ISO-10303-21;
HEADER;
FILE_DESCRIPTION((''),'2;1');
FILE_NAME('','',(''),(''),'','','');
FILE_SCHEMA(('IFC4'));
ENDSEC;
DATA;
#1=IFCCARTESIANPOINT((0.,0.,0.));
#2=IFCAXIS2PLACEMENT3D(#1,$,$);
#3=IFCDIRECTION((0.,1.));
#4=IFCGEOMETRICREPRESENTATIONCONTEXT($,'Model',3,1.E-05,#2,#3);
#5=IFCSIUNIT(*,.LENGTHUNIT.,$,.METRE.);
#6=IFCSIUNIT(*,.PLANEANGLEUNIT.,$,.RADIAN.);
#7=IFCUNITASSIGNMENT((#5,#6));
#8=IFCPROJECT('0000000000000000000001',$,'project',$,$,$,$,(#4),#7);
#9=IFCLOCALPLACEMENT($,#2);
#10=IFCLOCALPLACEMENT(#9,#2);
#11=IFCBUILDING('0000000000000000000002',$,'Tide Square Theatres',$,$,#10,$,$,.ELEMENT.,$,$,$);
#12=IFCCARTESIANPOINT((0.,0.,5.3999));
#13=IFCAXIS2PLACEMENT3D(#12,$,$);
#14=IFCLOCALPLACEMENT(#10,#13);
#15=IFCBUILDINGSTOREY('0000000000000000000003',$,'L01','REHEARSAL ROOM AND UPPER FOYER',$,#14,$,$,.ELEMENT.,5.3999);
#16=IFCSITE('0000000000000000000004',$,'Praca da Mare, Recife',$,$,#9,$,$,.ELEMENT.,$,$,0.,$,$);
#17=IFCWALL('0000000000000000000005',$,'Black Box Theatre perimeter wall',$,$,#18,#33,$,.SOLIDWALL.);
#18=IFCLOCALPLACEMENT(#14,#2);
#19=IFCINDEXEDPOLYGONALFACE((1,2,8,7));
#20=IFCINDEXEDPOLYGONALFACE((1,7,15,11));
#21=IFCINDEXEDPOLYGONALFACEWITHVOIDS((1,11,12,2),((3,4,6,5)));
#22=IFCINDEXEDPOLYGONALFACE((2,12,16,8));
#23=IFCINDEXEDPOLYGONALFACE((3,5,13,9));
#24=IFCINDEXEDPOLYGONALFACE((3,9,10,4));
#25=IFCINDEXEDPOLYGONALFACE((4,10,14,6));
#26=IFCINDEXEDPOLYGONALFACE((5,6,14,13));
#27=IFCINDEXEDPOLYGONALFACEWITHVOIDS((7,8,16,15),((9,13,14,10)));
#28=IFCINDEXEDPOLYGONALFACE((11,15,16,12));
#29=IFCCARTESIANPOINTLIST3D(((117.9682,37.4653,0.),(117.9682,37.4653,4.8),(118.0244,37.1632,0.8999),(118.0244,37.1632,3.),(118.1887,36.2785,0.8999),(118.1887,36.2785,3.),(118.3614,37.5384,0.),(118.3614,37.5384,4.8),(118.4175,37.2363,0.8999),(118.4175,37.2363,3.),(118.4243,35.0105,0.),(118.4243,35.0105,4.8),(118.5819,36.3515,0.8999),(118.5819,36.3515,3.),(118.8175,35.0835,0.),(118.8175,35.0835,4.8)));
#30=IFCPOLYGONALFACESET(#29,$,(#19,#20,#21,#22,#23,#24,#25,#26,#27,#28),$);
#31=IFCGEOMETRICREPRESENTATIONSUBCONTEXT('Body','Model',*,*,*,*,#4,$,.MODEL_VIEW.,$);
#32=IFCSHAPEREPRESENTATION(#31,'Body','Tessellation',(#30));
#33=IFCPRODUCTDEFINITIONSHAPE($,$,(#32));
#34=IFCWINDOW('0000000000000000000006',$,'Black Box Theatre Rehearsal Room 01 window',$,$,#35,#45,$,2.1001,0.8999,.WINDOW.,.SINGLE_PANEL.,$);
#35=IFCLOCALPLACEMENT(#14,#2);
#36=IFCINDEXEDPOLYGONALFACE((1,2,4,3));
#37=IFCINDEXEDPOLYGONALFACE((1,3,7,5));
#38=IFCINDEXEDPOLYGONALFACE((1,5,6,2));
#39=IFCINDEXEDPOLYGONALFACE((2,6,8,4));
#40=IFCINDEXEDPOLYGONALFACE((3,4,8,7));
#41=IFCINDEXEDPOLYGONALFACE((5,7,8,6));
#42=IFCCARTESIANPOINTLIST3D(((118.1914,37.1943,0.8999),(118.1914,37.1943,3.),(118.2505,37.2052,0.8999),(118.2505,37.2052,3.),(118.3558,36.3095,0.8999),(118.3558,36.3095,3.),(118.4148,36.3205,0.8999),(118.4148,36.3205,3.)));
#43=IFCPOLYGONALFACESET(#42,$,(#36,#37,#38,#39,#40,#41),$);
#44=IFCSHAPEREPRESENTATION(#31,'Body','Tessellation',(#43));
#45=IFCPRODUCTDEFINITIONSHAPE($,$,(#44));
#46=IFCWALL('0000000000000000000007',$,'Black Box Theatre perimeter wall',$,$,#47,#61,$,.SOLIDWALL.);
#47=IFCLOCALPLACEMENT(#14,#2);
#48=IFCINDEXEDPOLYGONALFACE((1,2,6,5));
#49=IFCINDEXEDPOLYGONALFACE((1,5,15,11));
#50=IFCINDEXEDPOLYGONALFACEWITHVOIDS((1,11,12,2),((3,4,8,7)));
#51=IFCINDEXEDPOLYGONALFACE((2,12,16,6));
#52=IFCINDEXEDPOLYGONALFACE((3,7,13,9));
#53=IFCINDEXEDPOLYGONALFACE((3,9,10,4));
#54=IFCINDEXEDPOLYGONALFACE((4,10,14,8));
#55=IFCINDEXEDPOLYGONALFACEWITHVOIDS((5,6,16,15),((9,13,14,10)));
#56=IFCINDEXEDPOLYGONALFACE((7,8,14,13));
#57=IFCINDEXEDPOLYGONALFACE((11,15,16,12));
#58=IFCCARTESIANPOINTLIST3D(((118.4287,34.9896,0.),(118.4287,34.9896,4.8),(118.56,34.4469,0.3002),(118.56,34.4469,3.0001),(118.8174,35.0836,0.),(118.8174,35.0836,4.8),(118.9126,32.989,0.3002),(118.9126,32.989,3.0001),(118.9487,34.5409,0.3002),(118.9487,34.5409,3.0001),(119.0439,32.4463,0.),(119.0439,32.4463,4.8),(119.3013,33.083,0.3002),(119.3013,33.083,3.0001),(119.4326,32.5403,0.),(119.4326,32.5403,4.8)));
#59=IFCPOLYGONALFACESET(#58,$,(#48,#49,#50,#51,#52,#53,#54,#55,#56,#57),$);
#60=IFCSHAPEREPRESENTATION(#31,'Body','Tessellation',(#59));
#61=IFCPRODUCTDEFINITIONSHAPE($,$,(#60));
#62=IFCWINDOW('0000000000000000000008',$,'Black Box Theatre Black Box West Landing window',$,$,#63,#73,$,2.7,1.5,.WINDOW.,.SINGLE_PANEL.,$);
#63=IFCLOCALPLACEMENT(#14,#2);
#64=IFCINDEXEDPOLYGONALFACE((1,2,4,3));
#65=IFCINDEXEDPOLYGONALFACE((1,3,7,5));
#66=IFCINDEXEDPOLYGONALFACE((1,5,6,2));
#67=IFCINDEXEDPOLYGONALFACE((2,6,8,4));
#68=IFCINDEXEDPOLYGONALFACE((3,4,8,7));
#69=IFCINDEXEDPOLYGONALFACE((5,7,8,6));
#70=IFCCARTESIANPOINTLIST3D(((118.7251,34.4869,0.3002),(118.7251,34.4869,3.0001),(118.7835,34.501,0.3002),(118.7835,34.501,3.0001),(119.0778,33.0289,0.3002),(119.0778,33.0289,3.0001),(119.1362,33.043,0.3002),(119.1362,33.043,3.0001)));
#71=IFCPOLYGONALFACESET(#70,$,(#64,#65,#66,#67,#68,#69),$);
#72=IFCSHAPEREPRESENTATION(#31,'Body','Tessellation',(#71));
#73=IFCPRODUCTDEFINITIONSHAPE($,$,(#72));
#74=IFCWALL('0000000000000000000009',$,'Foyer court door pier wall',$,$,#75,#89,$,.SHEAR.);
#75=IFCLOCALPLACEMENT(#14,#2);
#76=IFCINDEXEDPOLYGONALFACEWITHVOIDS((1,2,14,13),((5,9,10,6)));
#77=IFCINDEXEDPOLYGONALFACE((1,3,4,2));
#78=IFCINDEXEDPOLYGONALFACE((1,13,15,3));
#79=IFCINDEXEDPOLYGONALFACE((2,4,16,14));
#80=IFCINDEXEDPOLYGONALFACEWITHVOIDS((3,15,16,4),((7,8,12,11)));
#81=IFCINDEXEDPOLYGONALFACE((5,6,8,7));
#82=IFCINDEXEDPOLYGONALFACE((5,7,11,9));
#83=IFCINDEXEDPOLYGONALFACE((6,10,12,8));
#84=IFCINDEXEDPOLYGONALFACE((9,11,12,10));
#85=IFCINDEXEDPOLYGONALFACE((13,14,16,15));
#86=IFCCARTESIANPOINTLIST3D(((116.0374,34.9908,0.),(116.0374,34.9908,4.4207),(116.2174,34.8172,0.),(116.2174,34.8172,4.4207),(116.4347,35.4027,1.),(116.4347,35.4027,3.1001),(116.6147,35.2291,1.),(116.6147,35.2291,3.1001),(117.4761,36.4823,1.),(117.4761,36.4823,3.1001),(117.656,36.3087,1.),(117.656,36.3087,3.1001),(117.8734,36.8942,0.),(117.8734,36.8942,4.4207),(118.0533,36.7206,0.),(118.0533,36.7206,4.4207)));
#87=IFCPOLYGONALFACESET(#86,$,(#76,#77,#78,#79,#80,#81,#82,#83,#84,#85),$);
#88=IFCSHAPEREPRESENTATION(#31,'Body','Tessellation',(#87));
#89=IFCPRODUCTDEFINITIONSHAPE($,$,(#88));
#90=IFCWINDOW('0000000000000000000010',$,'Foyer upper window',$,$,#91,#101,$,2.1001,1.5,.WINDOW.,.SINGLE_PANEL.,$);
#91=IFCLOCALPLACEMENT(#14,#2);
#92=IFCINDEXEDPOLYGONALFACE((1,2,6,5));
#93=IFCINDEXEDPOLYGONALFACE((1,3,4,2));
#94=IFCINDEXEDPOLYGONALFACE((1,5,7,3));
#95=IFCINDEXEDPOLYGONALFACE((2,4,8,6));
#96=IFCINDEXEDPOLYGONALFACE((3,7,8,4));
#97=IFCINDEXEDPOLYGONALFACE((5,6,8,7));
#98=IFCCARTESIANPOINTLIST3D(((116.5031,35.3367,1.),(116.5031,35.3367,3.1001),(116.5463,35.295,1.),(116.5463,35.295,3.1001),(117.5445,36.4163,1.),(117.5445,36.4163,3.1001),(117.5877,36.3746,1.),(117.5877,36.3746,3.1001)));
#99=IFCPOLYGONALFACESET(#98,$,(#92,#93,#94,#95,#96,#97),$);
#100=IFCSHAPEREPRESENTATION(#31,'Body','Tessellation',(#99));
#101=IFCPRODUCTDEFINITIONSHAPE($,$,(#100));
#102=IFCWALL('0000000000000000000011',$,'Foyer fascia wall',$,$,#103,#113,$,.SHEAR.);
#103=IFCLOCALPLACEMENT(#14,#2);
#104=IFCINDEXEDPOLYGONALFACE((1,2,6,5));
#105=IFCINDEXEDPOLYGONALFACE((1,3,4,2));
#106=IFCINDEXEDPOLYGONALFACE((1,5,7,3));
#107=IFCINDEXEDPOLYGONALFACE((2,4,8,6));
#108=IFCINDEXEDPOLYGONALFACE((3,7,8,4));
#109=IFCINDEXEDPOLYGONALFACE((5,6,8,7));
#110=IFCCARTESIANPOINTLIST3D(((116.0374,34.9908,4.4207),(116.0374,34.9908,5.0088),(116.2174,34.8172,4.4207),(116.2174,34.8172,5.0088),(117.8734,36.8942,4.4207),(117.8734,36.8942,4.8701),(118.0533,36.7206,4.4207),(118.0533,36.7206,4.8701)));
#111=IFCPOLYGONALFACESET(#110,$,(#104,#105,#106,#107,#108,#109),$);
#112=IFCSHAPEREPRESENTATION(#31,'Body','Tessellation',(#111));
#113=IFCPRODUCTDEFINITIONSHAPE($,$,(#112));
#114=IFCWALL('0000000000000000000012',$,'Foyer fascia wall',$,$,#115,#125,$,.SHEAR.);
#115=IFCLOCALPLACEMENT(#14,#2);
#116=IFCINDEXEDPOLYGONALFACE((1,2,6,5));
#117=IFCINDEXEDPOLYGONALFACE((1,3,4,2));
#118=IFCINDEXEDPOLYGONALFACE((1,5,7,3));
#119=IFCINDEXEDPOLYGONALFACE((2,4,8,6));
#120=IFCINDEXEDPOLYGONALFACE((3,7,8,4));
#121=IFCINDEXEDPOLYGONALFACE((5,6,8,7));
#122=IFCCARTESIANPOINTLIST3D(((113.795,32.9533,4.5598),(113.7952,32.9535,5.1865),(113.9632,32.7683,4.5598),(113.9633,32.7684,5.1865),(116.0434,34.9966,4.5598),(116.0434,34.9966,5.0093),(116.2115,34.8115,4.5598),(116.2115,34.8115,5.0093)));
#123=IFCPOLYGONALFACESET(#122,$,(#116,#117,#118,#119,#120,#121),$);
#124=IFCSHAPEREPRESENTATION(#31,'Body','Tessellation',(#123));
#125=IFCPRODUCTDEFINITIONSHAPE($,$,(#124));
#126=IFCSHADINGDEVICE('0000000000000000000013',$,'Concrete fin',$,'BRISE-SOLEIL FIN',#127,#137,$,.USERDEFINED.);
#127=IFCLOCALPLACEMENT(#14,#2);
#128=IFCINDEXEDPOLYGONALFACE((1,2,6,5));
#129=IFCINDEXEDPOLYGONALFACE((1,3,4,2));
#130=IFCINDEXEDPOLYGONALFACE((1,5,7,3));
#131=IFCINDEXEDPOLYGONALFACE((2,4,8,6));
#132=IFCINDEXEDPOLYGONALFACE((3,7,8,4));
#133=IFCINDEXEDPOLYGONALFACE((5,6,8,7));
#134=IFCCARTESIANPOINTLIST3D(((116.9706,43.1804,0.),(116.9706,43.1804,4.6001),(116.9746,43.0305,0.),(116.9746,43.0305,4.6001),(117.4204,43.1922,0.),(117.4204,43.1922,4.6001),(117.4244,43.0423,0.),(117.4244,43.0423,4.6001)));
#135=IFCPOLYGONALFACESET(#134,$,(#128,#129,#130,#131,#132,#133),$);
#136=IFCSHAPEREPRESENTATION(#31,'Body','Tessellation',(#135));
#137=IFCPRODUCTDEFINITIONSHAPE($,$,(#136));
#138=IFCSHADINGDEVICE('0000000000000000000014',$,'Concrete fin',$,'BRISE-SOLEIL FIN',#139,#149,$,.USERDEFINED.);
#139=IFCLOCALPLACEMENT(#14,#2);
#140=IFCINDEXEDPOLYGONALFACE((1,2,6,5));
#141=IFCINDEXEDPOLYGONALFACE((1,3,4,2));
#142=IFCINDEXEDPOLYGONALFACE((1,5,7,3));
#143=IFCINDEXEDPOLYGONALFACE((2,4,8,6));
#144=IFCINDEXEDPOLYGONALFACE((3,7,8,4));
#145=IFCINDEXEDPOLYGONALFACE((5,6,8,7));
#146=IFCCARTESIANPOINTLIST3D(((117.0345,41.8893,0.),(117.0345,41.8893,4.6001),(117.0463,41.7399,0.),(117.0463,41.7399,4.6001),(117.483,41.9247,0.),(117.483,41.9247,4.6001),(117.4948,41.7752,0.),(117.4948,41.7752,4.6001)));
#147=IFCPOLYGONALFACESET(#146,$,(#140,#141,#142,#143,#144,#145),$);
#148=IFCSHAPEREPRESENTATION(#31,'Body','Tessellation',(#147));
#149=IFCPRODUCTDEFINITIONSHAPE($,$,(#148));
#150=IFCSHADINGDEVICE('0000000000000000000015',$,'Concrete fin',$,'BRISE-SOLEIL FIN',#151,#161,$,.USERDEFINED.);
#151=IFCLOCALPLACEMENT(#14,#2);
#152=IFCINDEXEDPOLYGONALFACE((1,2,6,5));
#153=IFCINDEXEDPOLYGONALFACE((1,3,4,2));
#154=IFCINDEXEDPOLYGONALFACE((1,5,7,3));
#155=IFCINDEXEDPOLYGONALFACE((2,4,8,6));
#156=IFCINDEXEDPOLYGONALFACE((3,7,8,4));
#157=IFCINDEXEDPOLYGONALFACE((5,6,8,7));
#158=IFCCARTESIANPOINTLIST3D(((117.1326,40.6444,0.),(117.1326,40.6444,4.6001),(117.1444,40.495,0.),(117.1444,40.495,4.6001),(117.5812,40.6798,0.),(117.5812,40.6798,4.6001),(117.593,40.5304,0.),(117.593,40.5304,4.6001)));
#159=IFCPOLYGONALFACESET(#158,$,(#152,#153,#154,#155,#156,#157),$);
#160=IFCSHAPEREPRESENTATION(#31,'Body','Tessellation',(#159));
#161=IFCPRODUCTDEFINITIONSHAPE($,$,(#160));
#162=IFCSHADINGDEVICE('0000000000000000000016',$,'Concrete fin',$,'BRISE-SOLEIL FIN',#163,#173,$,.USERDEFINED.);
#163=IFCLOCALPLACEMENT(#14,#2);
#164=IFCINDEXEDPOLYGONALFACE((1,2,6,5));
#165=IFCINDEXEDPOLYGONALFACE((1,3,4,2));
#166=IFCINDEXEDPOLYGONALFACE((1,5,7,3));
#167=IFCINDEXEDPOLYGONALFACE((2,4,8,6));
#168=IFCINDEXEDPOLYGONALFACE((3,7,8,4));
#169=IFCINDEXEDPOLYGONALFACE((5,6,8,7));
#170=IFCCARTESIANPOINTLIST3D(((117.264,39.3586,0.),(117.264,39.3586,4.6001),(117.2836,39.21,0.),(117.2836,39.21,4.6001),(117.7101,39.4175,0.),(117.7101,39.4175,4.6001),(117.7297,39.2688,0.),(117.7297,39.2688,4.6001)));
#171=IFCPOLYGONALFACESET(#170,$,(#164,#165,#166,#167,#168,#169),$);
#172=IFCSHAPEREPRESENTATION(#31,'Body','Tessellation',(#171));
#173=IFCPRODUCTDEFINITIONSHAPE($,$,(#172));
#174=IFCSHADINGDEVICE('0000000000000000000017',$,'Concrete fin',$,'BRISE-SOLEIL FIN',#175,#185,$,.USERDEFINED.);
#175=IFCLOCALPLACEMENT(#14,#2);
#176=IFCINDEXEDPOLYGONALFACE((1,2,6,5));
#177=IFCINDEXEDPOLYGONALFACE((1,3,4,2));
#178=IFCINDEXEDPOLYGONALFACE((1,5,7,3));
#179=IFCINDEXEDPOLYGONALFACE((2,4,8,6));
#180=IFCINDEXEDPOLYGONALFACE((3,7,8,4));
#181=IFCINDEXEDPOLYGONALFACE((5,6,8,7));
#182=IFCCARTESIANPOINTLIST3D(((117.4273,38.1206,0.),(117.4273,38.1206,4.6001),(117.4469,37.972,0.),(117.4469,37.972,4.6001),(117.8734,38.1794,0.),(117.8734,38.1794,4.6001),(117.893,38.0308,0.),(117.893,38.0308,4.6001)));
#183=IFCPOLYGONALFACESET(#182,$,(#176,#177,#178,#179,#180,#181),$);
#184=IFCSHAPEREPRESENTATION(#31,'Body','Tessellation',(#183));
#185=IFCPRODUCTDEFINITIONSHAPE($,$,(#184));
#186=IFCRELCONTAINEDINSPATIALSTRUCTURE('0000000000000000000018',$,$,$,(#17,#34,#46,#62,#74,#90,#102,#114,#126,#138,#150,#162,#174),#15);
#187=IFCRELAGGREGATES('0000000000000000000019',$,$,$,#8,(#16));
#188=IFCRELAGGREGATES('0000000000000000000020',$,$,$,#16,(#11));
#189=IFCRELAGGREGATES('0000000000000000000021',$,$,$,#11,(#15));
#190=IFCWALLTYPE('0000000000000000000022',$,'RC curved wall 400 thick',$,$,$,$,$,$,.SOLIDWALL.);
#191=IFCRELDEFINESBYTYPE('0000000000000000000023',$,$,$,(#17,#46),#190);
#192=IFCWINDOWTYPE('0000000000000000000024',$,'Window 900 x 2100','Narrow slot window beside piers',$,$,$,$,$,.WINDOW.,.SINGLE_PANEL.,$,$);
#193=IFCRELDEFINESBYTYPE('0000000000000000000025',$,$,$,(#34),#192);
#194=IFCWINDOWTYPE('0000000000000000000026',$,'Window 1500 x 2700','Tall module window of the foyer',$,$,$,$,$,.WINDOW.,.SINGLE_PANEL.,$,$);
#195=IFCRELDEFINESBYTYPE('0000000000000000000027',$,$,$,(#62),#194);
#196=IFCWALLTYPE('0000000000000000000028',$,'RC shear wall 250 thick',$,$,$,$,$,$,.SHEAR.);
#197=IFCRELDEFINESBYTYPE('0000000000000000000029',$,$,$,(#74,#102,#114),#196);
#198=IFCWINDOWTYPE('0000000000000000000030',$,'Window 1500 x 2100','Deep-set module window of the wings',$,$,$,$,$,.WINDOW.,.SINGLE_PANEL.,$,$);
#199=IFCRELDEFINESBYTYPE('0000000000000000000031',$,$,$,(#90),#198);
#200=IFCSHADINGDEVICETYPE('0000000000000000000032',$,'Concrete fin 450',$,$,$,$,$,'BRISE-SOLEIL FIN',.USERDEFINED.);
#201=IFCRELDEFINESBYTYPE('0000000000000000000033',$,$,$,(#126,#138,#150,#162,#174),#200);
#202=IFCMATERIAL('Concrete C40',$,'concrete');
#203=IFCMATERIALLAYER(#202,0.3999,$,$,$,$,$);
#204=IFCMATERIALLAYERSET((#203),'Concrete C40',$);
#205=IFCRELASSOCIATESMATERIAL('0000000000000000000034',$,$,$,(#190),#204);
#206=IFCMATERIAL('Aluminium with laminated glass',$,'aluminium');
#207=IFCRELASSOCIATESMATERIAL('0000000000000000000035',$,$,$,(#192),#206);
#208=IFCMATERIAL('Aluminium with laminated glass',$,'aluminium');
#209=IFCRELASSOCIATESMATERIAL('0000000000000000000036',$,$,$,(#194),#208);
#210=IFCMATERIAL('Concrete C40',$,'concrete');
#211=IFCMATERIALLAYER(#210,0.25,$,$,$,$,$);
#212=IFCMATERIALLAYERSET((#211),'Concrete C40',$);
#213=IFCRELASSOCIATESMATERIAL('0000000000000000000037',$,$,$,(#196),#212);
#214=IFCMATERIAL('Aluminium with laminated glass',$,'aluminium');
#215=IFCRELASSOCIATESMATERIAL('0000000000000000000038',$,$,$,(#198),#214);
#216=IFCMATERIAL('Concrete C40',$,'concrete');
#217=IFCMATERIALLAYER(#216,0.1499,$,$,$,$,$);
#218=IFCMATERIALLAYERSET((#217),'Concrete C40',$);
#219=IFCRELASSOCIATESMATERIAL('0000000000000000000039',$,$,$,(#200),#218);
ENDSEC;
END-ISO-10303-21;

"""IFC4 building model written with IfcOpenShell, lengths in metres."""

from ifc_helpers import new_model, si_unit, direction, frame, frame_2d, origin, origin_2d, place, context, subcontext, project, spatial, polyline, rectangle, outline, extrude, material, layer, layer_set, type_object, element, fill, save


model = new_model("IFC4")

# Units and contexts
model_context = context("Model", 3, precision=1e-05, world=origin(), true_north=direction((0.0, 1.0)))
body_context = subcontext(model_context, "Body", "Model", "MODEL_VIEW")
ifc_project = project(units=[si_unit("LENGTHUNIT", "METRE"), si_unit("PLANEANGLEUNIT", "RADIAN")], contexts=[model_context])

# Site, building, storey
site_placement = place(None, origin())
site = spatial("IfcSite", under=ifc_project, at=site_placement, Name="Praca da Mare, Recife", CompositionType="ELEMENT", RefElevation=0.0)
building_placement = place(site_placement, origin())
building = spatial("IfcBuilding", under=site, at=building_placement, Name="Tide Square Theatres", CompositionType="ELEMENT")
storey_placement = place(building_placement, frame((0.0, 0.0, 5.3999)))
storey = spatial("IfcBuildingStorey", under=building, at=storey_placement, Name="L01", Description="REHEARSAL ROOM AND UPPER FOYER", CompositionType="ELEMENT", Elevation=5.3999)

# Walls, openings, windows
ifc_material_1 = material(Name="Concrete C40", Category="concrete")
ifc_layer_1 = layer(ifc_material_1, 0.3999)
ifc_layer_set_1 = layer_set([ifc_layer_1], Name="Concrete C40")
wall_type_1 = type_object("IfcWallType", Name="RC curved wall 400 thick", PredefinedType="SOLIDWALL", material=ifc_layer_set_1)
wall_1_placement = place(storey_placement, frame((118.1648, 37.502, 0.0), z_axis=(0.0, 0.0, 1.0), x_axis=(0.182653, -0.983177, 0.0)))
wall_1 = element("IfcWall", 1, at=wall_1_placement, inside=storey, type_object=wall_type_1, Name="Black Box Theatre perimeter wall", PredefinedType="SOLIDWALL", context=body_context, shape_type="SweptSolid", body=[
    extrude(rectangle(XDim=2.4968, YDim=0.3999, at=frame_2d((1.2485, 0.0))), origin(), (0.0, 0.0, 1.0), 4.8),
])
opening_1_placement = place(wall_1_placement, frame((0.3074, 0.0, 0.8999)))
opening_1 = element("IfcOpeningElement", 2, at=opening_1_placement, cuts=wall_1, PredefinedType="OPENING", context=body_context, shape_type="SweptSolid", body=[
    extrude(rectangle(XDim=0.8999, YDim=2.1001, at=frame_2d((0.45, 1.05))), frame((0.0, 0.21, 0.0), z_axis=(0.0, -1.0, 0.0), x_axis=(1.0, 0.0, 0.0)), (0.0, 0.0, 1.0), 0.4199),
])
ifc_material_2 = material(Name="Aluminium with laminated glass", Category="aluminium")
window_type_1 = type_object("IfcWindowType", Name="Window 900 x 2100", Description="Narrow slot window beside piers", PartitioningType="SINGLE_PANEL", PredefinedType="WINDOW", material=ifc_material_2)
window_1_placement = place(opening_1_placement, origin())
window_1 = element("IfcWindow", 3, at=window_1_placement, inside=storey, type_object=window_type_1, Name="Black Box Theatre Rehearsal Room 01 window", OverallHeight=2.1001, OverallWidth=0.8999, PartitioningType="SINGLE_PANEL", PredefinedType="WINDOW", context=body_context, shape_type="SweptSolid", body=[
    extrude(rectangle(XDim=0.8999, YDim=2.1001, at=frame_2d((0.45, 1.05))), frame((0.0, 0.03, 0.0), z_axis=(0.0, -1.0, 0.0), x_axis=(1.0, 0.0, 0.0)), (0.0, 0.0, 1.0), 0.0601),
])
fill(opening_1, window_1)
wall_2_placement = place(storey_placement, frame((118.623, 35.0366, 0.0), z_axis=(0.0, 0.0, 1.0), x_axis=(0.235109, -0.971969, 0.0)))
wall_2 = element("IfcWall", 4, at=wall_2_placement, inside=storey, type_object=wall_type_1, Name="Black Box Theatre perimeter wall", PredefinedType="SOLIDWALL", context=body_context, shape_type="SweptSolid", body=[
    extrude(rectangle(XDim=2.6167, YDim=0.3999, at=frame_2d((1.3083, 0.0))), origin(), (0.0, 0.0, 1.0), 4.8),
])
opening_2_placement = place(wall_2_placement, frame((0.5583, 0.0, 0.3)))
opening_2 = element("IfcOpeningElement", 5, at=opening_2_placement, cuts=wall_2, PredefinedType="OPENING", context=body_context, shape_type="SweptSolid", body=[
    extrude(rectangle(XDim=1.5, YDim=2.7, at=frame_2d((0.75, 1.3501))), frame((0.0, 0.21, 0.0), z_axis=(0.0, -1.0, 0.0), x_axis=(1.0, 0.0, 0.0)), (0.0, 0.0, 1.0), 0.4199),
])
ifc_material_3 = material(Name="Aluminium with laminated glass", Category="aluminium")
window_type_2 = type_object("IfcWindowType", Name="Window 1500 x 2700", Description="Tall module window of the foyer", PartitioningType="SINGLE_PANEL", PredefinedType="WINDOW", material=ifc_material_3)
window_2_placement = place(opening_2_placement, origin())
window_2 = element("IfcWindow", 6, at=window_2_placement, inside=storey, type_object=window_type_2, Name="Black Box Theatre Black Box West Landing window", OverallHeight=2.7, OverallWidth=1.5, PartitioningType="SINGLE_PANEL", PredefinedType="WINDOW", context=body_context, shape_type="SweptSolid", body=[
    extrude(rectangle(XDim=1.5, YDim=2.7, at=frame_2d((0.75, 1.3501))), frame((0.0, 0.03, 0.0), z_axis=(0.0, -1.0, 0.0), x_axis=(1.0, 0.0, 0.0)), (0.0, 0.0, 1.0), 0.0601),
])
fill(opening_2, window_2)
ifc_material_4 = material(Name="Concrete C40", Category="concrete")
ifc_layer_2 = layer(ifc_material_4, 0.25)
ifc_layer_set_2 = layer_set([ifc_layer_2], Name="Concrete C40")
wall_type_2 = type_object("IfcWallType", Name="RC shear wall 250 thick", PredefinedType="SHEAR", material=ifc_layer_set_2)
wall_3_placement = place(storey_placement, frame((117.9634, 36.8074, 0.0), z_axis=(0.0, 0.0, 1.0), x_axis=(-0.694252, -0.719732, 0.0)))
wall_3 = element("IfcWall", 7, at=wall_3_placement, inside=storey, type_object=wall_type_2, Name="Foyer court door pier wall", PredefinedType="SHEAR", context=body_context, shape_type="SweptSolid", body=[
    extrude(rectangle(XDim=2.6445, YDim=0.25, at=frame_2d((1.3223, 0.0))), origin(), (0.0, 0.0, 1.0), 4.4207),
])
opening_3_placement = place(wall_3_placement, frame((0.5723, 0.0, 1.0)))
opening_3 = element("IfcOpeningElement", 8, at=opening_3_placement, cuts=wall_3, PredefinedType="OPENING", context=body_context, shape_type="SweptSolid", body=[
    extrude(rectangle(XDim=1.5, YDim=2.1001, at=frame_2d((0.75, 1.05))), frame((0.0, 0.135, 0.0), z_axis=(0.0, -1.0, 0.0), x_axis=(1.0, 0.0, 0.0)), (0.0, 0.0, 1.0), 0.27),
])
ifc_material_5 = material(Name="Aluminium with laminated glass", Category="aluminium")
window_type_3 = type_object("IfcWindowType", Name="Window 1500 x 2100", Description="Deep-set module window of the wings", PartitioningType="SINGLE_PANEL", PredefinedType="WINDOW", material=ifc_material_5)
window_3_placement = place(opening_3_placement, origin())
window_3 = element("IfcWindow", 9, at=window_3_placement, inside=storey, type_object=window_type_3, Name="Foyer upper window", OverallHeight=2.1001, OverallWidth=1.5, PartitioningType="SINGLE_PANEL", PredefinedType="WINDOW", context=body_context, shape_type="SweptSolid", body=[
    extrude(rectangle(XDim=1.5, YDim=2.1001, at=frame_2d((0.75, 1.05))), frame((0.0, 0.03, 0.0), z_axis=(0.0, -1.0, 0.0), x_axis=(1.0, 0.0, 0.0)), (0.0, 0.0, 1.0), 0.0601),
])
fill(opening_3, window_3)

# Walls
wall_4_placement = place(storey_placement, frame((117.9634, 36.8074, 4.4207), z_axis=(0.0, 0.0, 1.0), x_axis=(-0.694252, -0.719732, 0.0)))
element("IfcWall", 10, at=wall_4_placement, inside=storey, type_object=wall_type_2, Name="Foyer fascia wall", PredefinedType="SHEAR", context=body_context, shape_type="SweptSolid", body=[
    extrude(outline(polyline([(0.0, 0.0), (2.6445, 0.0), (2.6445, 0.5881), (0.0, 0.4495), (0.0, 0.0)])), frame((0.0, 0.125, 0.0), z_axis=(0.0, -1.0, 0.0), x_axis=(1.0, 0.0, 0.0)), (0.0, 0.0, 1.0), 0.25),
])
wall_5_placement = place(storey_placement, frame((116.1274, 34.9041, 4.5598), z_axis=(0.0, 0.0, 1.0), x_axis=(-0.740053, -0.672549, 0.0)))
element("IfcWall", 11, at=wall_5_placement, inside=storey, type_object=wall_type_2, Name="Foyer fascia wall", PredefinedType="SHEAR", context=body_context, shape_type="SweptSolid", body=[
    extrude(outline(polyline([(0.0, 0.0), (3.0381, 0.0), (3.0378, 0.6267), (0.0, 0.4495), (0.0, 0.0)])), frame((0.0, 0.125, 0.0), z_axis=(0.0, -1.0, 0.0), x_axis=(1.0, 0.0, 0.0)), (0.0, 0.0, 1.0), 0.25),
])

# Shading devices
ifc_material_6 = material(Name="Concrete C40", Category="concrete")
ifc_layer_3 = layer(ifc_material_6, 0.1499)
ifc_layer_set_3 = layer_set([ifc_layer_3], Name="Concrete C40")
shading_device_type = type_object("IfcShadingDeviceType", Name="Concrete fin 450", ElementType="BRISE-SOLEIL FIN", PredefinedType="USERDEFINED", material=ifc_layer_set_3)
for number, where, z_axis, x_axis, name in (
    (12, (117.1975, 43.1113, 0.0), (0.0, 0.0, 1.0), (0.026229, -0.999656, 0.0), "Concrete fin"),
    (13, (117.2646, 41.8323, 0.0), (0.0, 0.0, 1.0), (0.078616, -0.996905, 0.0), "Concrete fin"),
    (14, (117.3628, 40.5874, 0.0), (0.0, 0.0, 1.0), (0.078616, -0.996905, 0.0), "Concrete fin"),
    (15, (117.4968, 39.3137, 0.0), (0.0, 0.0, 1.0), (0.130786, -0.991411, 0.0), "Concrete fin"),
    (16, (117.6602, 38.0757, 0.0), (0.0, 0.0, 1.0), (0.130786, -0.991411, 0.0), "Concrete fin"),
):
    element("IfcShadingDevice", number, at=place(storey_placement, frame(where, z_axis=z_axis, x_axis=x_axis)), inside=storey, type_object=shading_device_type, Name=name, ObjectType="BRISE-SOLEIL FIN", PredefinedType="USERDEFINED", context=body_context, shape_type="SweptSolid", body=[
        extrude(rectangle(XDim=0.1499, YDim=0.45, at=origin_2d()), origin(), (0.0, 0.0, 1.0), 4.6001),
    ])

save(model, "model.ifc")
